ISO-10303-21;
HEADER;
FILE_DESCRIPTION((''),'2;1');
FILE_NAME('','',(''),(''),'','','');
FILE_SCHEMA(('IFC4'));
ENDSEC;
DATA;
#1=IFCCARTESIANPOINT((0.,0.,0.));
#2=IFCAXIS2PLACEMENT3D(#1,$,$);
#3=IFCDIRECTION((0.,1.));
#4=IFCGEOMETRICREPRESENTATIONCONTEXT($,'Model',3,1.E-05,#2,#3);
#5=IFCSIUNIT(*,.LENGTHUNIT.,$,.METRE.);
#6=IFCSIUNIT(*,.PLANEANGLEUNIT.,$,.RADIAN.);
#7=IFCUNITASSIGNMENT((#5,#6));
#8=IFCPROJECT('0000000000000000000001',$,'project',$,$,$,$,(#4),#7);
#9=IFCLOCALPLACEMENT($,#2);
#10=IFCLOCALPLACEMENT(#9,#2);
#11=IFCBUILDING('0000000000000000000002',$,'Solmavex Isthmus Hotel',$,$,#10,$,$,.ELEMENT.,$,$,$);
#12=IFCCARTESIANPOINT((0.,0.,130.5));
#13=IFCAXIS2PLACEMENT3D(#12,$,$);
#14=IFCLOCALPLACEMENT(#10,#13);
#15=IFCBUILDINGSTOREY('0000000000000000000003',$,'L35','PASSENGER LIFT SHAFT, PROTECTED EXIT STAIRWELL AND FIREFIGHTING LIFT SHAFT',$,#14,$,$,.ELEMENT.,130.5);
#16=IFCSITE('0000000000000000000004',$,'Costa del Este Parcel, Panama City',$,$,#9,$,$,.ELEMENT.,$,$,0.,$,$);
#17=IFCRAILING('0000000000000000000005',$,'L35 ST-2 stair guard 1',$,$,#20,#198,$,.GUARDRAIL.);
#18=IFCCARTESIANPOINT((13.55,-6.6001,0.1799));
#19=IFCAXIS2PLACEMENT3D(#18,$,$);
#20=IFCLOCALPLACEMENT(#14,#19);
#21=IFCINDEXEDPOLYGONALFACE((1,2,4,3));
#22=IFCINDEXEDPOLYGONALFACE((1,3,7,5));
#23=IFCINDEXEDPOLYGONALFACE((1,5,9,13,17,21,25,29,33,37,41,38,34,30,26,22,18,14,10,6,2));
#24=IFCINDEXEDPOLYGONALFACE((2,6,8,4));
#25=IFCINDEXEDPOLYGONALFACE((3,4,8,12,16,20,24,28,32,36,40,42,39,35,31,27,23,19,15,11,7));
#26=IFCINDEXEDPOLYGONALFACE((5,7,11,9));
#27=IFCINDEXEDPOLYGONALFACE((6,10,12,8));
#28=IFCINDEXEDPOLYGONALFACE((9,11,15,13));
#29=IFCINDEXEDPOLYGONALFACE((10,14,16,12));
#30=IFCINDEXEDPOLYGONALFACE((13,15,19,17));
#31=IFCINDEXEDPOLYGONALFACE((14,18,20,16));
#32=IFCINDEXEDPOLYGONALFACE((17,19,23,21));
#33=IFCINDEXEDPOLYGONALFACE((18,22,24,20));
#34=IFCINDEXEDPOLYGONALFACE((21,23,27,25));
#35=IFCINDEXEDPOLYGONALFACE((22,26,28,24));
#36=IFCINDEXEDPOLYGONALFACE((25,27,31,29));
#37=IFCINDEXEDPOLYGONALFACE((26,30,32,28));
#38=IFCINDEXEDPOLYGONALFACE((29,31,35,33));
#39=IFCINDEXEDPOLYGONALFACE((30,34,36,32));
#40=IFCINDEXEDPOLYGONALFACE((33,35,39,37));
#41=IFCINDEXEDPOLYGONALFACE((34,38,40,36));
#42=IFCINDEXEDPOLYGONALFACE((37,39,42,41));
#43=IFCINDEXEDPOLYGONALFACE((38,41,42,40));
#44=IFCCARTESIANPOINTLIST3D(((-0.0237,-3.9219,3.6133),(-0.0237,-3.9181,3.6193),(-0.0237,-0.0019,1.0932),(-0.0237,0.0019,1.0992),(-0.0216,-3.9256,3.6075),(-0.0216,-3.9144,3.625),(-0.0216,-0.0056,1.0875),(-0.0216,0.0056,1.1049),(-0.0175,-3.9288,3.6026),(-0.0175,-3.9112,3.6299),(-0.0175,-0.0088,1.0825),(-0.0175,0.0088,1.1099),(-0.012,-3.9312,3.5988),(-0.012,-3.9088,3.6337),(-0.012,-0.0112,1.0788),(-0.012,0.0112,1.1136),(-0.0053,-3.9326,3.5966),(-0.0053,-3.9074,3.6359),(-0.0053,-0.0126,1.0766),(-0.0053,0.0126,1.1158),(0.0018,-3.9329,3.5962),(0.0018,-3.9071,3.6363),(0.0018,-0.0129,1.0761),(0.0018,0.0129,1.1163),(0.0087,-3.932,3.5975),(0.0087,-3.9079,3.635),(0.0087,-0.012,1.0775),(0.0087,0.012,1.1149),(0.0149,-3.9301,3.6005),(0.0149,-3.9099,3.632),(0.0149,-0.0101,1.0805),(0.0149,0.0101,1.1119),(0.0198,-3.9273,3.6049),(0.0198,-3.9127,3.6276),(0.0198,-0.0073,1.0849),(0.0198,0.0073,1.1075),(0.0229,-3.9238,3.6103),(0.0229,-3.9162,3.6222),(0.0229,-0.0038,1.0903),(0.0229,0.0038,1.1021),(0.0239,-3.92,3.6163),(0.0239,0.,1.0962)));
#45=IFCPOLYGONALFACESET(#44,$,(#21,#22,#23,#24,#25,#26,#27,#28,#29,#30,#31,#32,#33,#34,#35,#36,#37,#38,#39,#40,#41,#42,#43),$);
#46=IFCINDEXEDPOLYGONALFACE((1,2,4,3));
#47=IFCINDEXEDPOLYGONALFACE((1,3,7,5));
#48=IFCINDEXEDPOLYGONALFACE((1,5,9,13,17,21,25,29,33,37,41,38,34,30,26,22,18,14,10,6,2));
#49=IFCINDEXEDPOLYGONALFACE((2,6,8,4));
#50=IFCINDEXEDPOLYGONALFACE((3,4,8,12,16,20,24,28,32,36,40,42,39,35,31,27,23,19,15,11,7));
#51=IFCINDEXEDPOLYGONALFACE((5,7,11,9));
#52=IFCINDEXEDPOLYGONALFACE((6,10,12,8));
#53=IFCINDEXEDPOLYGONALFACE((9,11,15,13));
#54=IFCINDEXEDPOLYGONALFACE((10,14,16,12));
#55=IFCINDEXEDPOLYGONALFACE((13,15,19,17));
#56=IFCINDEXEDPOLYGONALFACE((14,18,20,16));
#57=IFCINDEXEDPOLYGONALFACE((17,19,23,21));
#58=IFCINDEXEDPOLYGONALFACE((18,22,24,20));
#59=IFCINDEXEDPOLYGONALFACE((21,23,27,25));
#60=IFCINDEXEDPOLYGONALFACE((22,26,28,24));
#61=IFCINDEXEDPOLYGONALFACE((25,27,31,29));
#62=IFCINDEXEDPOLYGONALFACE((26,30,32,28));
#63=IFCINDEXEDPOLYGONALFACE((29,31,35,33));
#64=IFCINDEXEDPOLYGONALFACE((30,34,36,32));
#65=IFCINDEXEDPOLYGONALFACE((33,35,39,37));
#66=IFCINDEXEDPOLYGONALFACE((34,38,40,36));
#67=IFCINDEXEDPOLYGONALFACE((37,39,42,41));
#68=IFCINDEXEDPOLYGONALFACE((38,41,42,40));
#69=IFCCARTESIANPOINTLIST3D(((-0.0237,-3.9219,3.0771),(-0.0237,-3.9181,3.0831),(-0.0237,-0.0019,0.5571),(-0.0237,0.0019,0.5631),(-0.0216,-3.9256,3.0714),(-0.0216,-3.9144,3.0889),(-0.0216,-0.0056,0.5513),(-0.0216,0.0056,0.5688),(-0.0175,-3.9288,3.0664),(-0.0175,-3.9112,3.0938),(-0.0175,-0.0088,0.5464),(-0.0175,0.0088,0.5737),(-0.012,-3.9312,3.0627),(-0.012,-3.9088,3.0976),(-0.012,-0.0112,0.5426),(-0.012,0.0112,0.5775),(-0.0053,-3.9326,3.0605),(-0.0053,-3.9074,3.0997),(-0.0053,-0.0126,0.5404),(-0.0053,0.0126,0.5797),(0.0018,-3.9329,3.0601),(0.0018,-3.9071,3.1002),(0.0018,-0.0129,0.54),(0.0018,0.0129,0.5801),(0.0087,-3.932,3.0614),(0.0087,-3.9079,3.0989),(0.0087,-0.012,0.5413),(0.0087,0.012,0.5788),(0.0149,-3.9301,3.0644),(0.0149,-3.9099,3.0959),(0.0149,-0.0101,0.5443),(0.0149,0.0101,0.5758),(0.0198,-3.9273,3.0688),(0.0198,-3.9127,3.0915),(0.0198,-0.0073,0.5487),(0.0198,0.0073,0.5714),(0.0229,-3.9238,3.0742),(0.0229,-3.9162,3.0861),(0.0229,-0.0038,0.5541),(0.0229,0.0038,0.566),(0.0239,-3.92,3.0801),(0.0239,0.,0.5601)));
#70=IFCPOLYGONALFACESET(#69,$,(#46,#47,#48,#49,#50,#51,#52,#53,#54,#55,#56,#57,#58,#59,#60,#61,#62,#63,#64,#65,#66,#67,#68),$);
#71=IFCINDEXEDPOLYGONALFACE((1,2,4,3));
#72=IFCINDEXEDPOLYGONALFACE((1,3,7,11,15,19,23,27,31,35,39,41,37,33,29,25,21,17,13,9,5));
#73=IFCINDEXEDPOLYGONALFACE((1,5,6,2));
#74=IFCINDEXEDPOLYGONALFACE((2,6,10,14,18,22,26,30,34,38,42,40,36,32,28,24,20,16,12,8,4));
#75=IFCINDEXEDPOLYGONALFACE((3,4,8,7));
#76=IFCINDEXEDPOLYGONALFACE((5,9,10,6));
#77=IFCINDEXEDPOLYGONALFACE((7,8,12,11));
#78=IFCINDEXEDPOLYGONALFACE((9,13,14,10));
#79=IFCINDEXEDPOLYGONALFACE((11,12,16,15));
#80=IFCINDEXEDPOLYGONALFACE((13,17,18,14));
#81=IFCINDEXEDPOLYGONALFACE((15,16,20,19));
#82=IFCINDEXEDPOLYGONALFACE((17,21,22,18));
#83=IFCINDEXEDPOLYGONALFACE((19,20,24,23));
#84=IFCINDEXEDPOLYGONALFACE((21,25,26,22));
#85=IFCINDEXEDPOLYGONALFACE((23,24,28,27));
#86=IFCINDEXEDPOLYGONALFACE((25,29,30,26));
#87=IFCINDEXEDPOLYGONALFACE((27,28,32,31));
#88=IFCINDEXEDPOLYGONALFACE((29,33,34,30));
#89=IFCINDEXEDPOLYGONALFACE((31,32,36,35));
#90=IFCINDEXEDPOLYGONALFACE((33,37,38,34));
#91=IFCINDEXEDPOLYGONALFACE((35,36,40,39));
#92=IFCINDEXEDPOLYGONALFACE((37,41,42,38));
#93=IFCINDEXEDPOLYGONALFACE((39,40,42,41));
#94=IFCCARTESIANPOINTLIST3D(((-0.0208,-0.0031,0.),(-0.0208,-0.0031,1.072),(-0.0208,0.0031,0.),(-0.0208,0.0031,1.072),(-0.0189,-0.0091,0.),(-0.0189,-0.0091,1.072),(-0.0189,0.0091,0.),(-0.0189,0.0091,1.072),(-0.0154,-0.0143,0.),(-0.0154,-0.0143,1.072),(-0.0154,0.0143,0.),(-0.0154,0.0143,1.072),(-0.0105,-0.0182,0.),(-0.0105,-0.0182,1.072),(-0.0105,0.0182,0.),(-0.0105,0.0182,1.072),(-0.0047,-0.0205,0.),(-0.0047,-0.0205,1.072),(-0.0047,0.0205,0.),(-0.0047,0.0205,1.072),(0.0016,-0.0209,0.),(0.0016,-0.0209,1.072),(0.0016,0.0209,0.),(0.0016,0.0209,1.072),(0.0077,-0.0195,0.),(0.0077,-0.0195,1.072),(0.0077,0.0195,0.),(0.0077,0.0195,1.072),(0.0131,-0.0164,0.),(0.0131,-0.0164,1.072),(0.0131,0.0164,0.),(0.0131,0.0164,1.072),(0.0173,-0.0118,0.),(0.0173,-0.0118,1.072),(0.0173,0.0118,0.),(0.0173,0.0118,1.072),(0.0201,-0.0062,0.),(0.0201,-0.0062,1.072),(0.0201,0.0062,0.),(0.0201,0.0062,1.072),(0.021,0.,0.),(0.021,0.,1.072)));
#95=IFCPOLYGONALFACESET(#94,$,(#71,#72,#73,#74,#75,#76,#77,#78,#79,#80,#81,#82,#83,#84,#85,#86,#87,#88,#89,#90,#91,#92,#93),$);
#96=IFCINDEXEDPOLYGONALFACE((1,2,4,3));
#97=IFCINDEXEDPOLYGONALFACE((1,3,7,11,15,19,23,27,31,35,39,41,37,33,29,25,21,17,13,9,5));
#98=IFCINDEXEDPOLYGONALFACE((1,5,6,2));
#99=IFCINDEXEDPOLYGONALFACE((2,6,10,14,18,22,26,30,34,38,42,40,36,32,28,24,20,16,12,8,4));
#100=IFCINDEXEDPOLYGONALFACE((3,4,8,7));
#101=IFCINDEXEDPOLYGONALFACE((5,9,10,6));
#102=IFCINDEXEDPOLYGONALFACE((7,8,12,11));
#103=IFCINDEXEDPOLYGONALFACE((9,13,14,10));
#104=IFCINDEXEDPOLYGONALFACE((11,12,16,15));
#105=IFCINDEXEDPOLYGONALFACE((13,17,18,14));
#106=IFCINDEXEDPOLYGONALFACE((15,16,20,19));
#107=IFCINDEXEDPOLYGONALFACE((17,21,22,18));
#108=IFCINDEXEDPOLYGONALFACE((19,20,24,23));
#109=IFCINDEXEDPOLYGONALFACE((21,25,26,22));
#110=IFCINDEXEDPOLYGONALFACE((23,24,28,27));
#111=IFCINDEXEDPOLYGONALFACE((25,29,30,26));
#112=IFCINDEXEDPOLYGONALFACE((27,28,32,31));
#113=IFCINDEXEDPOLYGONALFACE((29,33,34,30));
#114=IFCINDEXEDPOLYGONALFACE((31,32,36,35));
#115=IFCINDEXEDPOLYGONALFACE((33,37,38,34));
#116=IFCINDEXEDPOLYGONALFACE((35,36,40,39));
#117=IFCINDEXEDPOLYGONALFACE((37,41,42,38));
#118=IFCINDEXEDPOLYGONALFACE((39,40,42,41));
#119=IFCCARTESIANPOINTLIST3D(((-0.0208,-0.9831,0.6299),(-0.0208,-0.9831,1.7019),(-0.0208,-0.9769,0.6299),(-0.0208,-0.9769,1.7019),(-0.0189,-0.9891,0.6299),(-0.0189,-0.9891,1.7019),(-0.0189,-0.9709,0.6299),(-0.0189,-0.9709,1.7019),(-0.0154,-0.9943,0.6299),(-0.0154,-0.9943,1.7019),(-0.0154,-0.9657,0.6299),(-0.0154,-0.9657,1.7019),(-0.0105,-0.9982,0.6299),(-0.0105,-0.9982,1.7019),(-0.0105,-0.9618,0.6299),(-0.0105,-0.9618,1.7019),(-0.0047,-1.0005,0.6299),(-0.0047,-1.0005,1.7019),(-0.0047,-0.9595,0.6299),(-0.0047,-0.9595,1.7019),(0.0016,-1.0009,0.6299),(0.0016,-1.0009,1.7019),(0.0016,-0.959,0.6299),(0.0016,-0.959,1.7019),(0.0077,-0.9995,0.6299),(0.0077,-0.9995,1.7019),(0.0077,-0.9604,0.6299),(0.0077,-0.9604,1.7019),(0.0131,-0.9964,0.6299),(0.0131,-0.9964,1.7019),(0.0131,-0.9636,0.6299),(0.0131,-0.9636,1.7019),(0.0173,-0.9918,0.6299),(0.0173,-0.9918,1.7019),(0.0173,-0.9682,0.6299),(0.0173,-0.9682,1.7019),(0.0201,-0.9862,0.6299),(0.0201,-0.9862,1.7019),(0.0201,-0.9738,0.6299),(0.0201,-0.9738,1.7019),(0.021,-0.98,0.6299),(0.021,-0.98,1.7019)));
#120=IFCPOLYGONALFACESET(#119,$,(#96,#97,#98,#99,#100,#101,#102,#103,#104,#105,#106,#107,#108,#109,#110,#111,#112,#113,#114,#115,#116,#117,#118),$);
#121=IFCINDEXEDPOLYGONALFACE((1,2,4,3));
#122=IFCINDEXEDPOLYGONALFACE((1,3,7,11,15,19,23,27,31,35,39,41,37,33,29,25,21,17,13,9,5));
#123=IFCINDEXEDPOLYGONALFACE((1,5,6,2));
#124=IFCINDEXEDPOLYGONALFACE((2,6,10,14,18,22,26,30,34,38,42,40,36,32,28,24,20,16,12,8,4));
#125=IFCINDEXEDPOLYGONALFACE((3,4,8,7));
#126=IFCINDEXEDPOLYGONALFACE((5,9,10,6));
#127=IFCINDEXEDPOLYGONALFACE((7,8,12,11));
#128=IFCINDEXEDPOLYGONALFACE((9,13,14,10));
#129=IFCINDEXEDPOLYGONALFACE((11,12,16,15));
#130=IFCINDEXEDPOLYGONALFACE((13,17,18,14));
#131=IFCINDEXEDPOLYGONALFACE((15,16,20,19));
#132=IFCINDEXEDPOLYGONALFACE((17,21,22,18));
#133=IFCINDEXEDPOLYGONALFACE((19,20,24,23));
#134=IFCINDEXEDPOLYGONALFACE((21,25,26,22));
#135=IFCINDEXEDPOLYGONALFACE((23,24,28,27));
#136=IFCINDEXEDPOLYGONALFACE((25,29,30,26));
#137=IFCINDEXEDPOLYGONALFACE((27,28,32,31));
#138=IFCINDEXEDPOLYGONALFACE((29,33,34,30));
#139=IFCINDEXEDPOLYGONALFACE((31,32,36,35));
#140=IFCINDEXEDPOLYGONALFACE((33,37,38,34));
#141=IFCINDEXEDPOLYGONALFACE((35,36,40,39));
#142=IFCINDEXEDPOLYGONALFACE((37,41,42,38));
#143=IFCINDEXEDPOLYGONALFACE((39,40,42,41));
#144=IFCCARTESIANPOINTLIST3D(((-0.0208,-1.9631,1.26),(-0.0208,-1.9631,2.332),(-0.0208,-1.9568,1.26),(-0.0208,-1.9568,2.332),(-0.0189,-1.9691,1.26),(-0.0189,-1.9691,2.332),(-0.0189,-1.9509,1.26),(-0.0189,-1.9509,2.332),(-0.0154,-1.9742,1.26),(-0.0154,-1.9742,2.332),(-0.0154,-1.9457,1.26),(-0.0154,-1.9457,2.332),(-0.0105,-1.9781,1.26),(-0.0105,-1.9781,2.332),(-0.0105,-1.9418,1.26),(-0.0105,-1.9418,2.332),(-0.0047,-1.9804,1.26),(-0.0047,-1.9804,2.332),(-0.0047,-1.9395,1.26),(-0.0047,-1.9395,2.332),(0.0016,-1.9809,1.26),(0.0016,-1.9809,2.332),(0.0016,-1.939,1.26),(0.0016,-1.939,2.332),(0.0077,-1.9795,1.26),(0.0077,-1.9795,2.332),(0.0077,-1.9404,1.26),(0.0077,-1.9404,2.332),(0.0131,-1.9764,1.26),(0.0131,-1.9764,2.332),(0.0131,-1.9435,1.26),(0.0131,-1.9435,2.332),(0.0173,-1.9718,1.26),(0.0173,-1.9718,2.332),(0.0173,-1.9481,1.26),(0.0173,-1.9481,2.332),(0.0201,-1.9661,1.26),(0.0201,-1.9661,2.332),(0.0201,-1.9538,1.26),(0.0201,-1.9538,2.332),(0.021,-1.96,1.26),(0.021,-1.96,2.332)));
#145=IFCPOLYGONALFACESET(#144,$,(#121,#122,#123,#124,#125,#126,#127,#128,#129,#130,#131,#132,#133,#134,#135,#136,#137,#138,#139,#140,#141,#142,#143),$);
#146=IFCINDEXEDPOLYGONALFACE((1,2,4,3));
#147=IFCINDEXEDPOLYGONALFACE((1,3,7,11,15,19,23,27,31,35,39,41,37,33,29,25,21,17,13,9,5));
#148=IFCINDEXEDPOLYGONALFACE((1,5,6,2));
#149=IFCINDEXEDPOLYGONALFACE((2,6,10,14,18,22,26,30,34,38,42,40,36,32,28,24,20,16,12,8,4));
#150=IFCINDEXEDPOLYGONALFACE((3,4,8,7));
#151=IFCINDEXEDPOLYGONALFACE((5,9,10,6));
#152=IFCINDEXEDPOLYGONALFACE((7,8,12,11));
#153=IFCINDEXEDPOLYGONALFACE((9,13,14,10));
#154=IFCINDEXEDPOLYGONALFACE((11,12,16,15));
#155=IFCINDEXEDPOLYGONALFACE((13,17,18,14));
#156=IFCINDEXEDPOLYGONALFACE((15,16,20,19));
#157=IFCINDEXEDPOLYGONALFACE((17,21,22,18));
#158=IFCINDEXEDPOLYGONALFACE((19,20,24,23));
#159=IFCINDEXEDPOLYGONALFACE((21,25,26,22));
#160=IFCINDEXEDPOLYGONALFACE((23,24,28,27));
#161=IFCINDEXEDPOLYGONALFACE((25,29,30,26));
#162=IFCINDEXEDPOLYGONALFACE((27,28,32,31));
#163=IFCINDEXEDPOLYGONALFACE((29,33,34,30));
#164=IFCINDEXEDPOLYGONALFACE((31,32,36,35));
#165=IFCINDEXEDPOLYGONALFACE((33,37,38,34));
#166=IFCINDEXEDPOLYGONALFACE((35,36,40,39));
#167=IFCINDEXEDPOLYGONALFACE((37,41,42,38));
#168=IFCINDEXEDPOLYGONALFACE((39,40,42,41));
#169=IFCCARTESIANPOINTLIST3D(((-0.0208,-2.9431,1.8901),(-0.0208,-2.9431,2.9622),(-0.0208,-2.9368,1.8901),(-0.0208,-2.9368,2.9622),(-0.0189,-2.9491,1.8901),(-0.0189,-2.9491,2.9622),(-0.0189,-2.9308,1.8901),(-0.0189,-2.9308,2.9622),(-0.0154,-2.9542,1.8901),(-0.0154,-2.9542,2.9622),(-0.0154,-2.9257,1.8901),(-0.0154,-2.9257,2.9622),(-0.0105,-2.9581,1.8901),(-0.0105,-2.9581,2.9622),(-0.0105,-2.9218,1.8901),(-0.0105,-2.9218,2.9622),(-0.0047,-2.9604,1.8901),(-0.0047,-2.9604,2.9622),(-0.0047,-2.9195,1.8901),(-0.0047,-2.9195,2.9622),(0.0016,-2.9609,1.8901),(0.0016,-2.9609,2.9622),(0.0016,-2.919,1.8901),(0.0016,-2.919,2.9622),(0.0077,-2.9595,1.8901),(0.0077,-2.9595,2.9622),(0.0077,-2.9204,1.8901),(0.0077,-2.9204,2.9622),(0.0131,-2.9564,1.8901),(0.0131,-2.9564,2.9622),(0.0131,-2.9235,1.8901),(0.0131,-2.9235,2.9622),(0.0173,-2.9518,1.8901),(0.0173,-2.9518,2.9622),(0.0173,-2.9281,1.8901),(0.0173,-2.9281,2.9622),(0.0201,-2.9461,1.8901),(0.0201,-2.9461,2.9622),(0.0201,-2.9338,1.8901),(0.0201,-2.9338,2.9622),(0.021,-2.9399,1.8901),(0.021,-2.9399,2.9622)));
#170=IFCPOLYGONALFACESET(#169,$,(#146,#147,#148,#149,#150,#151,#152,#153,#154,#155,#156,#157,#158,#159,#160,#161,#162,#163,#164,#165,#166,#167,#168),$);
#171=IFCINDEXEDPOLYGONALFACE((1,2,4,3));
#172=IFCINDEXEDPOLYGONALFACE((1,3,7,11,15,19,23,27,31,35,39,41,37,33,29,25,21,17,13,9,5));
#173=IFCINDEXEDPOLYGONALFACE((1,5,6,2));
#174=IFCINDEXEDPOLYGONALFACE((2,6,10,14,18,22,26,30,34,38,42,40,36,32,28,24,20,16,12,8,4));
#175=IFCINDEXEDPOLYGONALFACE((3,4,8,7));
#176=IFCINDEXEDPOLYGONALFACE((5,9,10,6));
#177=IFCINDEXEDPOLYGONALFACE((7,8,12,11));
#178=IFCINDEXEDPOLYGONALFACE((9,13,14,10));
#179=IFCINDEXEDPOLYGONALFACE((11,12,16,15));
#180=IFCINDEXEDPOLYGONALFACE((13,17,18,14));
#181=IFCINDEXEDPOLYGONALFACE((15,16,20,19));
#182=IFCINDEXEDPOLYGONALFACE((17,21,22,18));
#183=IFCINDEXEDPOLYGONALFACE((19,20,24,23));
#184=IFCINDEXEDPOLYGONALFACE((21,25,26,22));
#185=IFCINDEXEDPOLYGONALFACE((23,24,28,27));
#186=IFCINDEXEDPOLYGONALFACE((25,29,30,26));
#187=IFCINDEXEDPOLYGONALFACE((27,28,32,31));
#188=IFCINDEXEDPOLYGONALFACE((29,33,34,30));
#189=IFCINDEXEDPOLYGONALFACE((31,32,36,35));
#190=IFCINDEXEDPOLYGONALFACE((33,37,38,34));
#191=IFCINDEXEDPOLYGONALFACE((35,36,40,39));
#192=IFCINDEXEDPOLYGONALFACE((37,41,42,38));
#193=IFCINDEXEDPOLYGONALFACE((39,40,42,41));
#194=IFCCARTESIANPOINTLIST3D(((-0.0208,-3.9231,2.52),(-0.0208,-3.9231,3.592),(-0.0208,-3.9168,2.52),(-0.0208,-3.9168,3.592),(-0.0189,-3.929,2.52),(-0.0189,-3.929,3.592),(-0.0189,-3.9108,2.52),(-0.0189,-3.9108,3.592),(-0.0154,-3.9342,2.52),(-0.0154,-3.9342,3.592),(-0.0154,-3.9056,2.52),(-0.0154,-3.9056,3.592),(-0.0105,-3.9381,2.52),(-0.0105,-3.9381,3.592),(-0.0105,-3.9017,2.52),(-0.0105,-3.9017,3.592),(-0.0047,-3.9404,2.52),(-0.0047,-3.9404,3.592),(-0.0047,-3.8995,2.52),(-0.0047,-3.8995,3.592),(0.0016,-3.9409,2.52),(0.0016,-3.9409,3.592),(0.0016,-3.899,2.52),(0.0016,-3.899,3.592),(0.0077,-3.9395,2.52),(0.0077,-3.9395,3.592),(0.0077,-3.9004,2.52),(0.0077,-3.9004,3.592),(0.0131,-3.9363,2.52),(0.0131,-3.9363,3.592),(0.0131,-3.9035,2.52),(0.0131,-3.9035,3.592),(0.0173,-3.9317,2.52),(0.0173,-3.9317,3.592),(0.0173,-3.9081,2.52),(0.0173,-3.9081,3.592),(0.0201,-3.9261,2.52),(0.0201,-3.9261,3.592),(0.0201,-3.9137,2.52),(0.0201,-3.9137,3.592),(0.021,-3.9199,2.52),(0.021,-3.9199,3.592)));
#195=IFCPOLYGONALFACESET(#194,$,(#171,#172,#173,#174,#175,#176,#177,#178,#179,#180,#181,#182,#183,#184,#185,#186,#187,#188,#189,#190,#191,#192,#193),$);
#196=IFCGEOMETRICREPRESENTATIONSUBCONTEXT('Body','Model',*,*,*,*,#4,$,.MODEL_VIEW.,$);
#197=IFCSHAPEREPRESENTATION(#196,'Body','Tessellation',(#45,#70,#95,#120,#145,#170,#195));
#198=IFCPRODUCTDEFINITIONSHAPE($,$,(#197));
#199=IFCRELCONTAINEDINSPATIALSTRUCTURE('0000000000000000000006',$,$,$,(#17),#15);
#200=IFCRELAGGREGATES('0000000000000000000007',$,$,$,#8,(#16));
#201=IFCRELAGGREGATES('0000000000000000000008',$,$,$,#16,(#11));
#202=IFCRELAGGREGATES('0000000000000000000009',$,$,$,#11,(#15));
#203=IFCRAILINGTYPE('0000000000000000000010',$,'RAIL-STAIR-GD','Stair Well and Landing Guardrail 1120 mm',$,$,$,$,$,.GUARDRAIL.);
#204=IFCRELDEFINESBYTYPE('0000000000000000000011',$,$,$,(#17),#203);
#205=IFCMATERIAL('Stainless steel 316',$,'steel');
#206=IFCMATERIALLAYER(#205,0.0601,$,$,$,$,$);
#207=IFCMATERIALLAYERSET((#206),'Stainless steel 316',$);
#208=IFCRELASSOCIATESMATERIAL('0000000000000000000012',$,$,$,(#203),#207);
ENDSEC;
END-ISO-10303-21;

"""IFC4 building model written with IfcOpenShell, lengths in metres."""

from ifc_helpers import new_model, si_unit, direction, frame, origin, origin_2d, place, context, subcontext, project, spatial, circle, extrude, material, layer, layer_set, type_object, element, save


model = new_model("IFC4")

# Units and contexts
model_context = context("Model", 3, precision=1e-05, world=origin(), true_north=direction((0.0, 1.0)))
body_context = subcontext(model_context, "Body", "Model", "MODEL_VIEW")
ifc_project = project(units=[si_unit("LENGTHUNIT", "METRE"), si_unit("PLANEANGLEUNIT", "RADIAN")], contexts=[model_context])

# Site, building, storey
site_placement = place(None, origin())
site = spatial("IfcSite", under=ifc_project, at=site_placement, Name="Costa del Este Parcel, Panama City", CompositionType="ELEMENT", RefElevation=0.0)
building_placement = place(site_placement, origin())
building = spatial("IfcBuilding", under=site, at=building_placement, Name="Solmavex Isthmus Hotel", CompositionType="ELEMENT")
storey_placement = place(building_placement, frame((0.0, 0.0, 130.5)))
storey = spatial("IfcBuildingStorey", under=building, at=storey_placement, Name="L35", Description="PASSENGER LIFT SHAFT, PROTECTED EXIT STAIRWELL AND FIREFIGHTING LIFT SHAFT", CompositionType="ELEMENT", Elevation=130.5)

# Railing
ifc_material_1 = material(Name="Stainless steel 316", Category="steel")
ifc_layer_1 = layer(ifc_material_1, 0.0601)
ifc_layer_set_1 = layer_set([ifc_layer_1], Name="Stainless steel 316")
railing_type_1 = type_object("IfcRailingType", Name="RAIL-STAIR-GD", Description="Stair Well and Landing Guardrail 1120 mm", PredefinedType="GUARDRAIL", material=ifc_layer_set_1)
railing_1_placement = place(storey_placement, frame((13.55, -6.6001, 0.1799)))
element("IfcRailing", 1, at=railing_1_placement, inside=storey, type_object=railing_type_1, Name="L35 ST-2 stair guard 1", PredefinedType="GUARDRAIL", context=body_context, shape_type="SweptSolid", body=[
    extrude(circle(Radius=0.0239, at=origin_2d()), frame((0.0, 0.0, 1.0962), z_axis=(0.0, -0.841172, 0.540768), x_axis=(1.0, 0.0, 0.0)), (0.0, 0.0, 1.0), 4.6602),
    extrude(circle(Radius=0.0239, at=origin_2d()), frame((0.0, 0.0, 0.5601), z_axis=(0.0, -0.841172, 0.540768), x_axis=(1.0, 0.0, 0.0)), (0.0, 0.0, 1.0), 4.6602),
    extrude(circle(Radius=0.021, at=origin_2d()), origin(), (0.0, 0.0, 1.0), 1.072),
    extrude(circle(Radius=0.021, at=origin_2d()), frame((0.0, -0.98, 0.6299)), (0.0, 0.0, 1.0), 1.072),
    extrude(circle(Radius=0.021, at=origin_2d()), frame((0.0, -1.96, 1.26)), (0.0, 0.0, 1.0), 1.072),
    extrude(circle(Radius=0.021, at=origin_2d()), frame((0.0, -2.9399, 1.8901)), (0.0, 0.0, 1.0), 1.072),
    extrude(circle(Radius=0.021, at=origin_2d()), frame((0.0, -3.9199, 2.52)), (0.0, 0.0, 1.0), 1.072),
])

save(model, "model.ifc")
